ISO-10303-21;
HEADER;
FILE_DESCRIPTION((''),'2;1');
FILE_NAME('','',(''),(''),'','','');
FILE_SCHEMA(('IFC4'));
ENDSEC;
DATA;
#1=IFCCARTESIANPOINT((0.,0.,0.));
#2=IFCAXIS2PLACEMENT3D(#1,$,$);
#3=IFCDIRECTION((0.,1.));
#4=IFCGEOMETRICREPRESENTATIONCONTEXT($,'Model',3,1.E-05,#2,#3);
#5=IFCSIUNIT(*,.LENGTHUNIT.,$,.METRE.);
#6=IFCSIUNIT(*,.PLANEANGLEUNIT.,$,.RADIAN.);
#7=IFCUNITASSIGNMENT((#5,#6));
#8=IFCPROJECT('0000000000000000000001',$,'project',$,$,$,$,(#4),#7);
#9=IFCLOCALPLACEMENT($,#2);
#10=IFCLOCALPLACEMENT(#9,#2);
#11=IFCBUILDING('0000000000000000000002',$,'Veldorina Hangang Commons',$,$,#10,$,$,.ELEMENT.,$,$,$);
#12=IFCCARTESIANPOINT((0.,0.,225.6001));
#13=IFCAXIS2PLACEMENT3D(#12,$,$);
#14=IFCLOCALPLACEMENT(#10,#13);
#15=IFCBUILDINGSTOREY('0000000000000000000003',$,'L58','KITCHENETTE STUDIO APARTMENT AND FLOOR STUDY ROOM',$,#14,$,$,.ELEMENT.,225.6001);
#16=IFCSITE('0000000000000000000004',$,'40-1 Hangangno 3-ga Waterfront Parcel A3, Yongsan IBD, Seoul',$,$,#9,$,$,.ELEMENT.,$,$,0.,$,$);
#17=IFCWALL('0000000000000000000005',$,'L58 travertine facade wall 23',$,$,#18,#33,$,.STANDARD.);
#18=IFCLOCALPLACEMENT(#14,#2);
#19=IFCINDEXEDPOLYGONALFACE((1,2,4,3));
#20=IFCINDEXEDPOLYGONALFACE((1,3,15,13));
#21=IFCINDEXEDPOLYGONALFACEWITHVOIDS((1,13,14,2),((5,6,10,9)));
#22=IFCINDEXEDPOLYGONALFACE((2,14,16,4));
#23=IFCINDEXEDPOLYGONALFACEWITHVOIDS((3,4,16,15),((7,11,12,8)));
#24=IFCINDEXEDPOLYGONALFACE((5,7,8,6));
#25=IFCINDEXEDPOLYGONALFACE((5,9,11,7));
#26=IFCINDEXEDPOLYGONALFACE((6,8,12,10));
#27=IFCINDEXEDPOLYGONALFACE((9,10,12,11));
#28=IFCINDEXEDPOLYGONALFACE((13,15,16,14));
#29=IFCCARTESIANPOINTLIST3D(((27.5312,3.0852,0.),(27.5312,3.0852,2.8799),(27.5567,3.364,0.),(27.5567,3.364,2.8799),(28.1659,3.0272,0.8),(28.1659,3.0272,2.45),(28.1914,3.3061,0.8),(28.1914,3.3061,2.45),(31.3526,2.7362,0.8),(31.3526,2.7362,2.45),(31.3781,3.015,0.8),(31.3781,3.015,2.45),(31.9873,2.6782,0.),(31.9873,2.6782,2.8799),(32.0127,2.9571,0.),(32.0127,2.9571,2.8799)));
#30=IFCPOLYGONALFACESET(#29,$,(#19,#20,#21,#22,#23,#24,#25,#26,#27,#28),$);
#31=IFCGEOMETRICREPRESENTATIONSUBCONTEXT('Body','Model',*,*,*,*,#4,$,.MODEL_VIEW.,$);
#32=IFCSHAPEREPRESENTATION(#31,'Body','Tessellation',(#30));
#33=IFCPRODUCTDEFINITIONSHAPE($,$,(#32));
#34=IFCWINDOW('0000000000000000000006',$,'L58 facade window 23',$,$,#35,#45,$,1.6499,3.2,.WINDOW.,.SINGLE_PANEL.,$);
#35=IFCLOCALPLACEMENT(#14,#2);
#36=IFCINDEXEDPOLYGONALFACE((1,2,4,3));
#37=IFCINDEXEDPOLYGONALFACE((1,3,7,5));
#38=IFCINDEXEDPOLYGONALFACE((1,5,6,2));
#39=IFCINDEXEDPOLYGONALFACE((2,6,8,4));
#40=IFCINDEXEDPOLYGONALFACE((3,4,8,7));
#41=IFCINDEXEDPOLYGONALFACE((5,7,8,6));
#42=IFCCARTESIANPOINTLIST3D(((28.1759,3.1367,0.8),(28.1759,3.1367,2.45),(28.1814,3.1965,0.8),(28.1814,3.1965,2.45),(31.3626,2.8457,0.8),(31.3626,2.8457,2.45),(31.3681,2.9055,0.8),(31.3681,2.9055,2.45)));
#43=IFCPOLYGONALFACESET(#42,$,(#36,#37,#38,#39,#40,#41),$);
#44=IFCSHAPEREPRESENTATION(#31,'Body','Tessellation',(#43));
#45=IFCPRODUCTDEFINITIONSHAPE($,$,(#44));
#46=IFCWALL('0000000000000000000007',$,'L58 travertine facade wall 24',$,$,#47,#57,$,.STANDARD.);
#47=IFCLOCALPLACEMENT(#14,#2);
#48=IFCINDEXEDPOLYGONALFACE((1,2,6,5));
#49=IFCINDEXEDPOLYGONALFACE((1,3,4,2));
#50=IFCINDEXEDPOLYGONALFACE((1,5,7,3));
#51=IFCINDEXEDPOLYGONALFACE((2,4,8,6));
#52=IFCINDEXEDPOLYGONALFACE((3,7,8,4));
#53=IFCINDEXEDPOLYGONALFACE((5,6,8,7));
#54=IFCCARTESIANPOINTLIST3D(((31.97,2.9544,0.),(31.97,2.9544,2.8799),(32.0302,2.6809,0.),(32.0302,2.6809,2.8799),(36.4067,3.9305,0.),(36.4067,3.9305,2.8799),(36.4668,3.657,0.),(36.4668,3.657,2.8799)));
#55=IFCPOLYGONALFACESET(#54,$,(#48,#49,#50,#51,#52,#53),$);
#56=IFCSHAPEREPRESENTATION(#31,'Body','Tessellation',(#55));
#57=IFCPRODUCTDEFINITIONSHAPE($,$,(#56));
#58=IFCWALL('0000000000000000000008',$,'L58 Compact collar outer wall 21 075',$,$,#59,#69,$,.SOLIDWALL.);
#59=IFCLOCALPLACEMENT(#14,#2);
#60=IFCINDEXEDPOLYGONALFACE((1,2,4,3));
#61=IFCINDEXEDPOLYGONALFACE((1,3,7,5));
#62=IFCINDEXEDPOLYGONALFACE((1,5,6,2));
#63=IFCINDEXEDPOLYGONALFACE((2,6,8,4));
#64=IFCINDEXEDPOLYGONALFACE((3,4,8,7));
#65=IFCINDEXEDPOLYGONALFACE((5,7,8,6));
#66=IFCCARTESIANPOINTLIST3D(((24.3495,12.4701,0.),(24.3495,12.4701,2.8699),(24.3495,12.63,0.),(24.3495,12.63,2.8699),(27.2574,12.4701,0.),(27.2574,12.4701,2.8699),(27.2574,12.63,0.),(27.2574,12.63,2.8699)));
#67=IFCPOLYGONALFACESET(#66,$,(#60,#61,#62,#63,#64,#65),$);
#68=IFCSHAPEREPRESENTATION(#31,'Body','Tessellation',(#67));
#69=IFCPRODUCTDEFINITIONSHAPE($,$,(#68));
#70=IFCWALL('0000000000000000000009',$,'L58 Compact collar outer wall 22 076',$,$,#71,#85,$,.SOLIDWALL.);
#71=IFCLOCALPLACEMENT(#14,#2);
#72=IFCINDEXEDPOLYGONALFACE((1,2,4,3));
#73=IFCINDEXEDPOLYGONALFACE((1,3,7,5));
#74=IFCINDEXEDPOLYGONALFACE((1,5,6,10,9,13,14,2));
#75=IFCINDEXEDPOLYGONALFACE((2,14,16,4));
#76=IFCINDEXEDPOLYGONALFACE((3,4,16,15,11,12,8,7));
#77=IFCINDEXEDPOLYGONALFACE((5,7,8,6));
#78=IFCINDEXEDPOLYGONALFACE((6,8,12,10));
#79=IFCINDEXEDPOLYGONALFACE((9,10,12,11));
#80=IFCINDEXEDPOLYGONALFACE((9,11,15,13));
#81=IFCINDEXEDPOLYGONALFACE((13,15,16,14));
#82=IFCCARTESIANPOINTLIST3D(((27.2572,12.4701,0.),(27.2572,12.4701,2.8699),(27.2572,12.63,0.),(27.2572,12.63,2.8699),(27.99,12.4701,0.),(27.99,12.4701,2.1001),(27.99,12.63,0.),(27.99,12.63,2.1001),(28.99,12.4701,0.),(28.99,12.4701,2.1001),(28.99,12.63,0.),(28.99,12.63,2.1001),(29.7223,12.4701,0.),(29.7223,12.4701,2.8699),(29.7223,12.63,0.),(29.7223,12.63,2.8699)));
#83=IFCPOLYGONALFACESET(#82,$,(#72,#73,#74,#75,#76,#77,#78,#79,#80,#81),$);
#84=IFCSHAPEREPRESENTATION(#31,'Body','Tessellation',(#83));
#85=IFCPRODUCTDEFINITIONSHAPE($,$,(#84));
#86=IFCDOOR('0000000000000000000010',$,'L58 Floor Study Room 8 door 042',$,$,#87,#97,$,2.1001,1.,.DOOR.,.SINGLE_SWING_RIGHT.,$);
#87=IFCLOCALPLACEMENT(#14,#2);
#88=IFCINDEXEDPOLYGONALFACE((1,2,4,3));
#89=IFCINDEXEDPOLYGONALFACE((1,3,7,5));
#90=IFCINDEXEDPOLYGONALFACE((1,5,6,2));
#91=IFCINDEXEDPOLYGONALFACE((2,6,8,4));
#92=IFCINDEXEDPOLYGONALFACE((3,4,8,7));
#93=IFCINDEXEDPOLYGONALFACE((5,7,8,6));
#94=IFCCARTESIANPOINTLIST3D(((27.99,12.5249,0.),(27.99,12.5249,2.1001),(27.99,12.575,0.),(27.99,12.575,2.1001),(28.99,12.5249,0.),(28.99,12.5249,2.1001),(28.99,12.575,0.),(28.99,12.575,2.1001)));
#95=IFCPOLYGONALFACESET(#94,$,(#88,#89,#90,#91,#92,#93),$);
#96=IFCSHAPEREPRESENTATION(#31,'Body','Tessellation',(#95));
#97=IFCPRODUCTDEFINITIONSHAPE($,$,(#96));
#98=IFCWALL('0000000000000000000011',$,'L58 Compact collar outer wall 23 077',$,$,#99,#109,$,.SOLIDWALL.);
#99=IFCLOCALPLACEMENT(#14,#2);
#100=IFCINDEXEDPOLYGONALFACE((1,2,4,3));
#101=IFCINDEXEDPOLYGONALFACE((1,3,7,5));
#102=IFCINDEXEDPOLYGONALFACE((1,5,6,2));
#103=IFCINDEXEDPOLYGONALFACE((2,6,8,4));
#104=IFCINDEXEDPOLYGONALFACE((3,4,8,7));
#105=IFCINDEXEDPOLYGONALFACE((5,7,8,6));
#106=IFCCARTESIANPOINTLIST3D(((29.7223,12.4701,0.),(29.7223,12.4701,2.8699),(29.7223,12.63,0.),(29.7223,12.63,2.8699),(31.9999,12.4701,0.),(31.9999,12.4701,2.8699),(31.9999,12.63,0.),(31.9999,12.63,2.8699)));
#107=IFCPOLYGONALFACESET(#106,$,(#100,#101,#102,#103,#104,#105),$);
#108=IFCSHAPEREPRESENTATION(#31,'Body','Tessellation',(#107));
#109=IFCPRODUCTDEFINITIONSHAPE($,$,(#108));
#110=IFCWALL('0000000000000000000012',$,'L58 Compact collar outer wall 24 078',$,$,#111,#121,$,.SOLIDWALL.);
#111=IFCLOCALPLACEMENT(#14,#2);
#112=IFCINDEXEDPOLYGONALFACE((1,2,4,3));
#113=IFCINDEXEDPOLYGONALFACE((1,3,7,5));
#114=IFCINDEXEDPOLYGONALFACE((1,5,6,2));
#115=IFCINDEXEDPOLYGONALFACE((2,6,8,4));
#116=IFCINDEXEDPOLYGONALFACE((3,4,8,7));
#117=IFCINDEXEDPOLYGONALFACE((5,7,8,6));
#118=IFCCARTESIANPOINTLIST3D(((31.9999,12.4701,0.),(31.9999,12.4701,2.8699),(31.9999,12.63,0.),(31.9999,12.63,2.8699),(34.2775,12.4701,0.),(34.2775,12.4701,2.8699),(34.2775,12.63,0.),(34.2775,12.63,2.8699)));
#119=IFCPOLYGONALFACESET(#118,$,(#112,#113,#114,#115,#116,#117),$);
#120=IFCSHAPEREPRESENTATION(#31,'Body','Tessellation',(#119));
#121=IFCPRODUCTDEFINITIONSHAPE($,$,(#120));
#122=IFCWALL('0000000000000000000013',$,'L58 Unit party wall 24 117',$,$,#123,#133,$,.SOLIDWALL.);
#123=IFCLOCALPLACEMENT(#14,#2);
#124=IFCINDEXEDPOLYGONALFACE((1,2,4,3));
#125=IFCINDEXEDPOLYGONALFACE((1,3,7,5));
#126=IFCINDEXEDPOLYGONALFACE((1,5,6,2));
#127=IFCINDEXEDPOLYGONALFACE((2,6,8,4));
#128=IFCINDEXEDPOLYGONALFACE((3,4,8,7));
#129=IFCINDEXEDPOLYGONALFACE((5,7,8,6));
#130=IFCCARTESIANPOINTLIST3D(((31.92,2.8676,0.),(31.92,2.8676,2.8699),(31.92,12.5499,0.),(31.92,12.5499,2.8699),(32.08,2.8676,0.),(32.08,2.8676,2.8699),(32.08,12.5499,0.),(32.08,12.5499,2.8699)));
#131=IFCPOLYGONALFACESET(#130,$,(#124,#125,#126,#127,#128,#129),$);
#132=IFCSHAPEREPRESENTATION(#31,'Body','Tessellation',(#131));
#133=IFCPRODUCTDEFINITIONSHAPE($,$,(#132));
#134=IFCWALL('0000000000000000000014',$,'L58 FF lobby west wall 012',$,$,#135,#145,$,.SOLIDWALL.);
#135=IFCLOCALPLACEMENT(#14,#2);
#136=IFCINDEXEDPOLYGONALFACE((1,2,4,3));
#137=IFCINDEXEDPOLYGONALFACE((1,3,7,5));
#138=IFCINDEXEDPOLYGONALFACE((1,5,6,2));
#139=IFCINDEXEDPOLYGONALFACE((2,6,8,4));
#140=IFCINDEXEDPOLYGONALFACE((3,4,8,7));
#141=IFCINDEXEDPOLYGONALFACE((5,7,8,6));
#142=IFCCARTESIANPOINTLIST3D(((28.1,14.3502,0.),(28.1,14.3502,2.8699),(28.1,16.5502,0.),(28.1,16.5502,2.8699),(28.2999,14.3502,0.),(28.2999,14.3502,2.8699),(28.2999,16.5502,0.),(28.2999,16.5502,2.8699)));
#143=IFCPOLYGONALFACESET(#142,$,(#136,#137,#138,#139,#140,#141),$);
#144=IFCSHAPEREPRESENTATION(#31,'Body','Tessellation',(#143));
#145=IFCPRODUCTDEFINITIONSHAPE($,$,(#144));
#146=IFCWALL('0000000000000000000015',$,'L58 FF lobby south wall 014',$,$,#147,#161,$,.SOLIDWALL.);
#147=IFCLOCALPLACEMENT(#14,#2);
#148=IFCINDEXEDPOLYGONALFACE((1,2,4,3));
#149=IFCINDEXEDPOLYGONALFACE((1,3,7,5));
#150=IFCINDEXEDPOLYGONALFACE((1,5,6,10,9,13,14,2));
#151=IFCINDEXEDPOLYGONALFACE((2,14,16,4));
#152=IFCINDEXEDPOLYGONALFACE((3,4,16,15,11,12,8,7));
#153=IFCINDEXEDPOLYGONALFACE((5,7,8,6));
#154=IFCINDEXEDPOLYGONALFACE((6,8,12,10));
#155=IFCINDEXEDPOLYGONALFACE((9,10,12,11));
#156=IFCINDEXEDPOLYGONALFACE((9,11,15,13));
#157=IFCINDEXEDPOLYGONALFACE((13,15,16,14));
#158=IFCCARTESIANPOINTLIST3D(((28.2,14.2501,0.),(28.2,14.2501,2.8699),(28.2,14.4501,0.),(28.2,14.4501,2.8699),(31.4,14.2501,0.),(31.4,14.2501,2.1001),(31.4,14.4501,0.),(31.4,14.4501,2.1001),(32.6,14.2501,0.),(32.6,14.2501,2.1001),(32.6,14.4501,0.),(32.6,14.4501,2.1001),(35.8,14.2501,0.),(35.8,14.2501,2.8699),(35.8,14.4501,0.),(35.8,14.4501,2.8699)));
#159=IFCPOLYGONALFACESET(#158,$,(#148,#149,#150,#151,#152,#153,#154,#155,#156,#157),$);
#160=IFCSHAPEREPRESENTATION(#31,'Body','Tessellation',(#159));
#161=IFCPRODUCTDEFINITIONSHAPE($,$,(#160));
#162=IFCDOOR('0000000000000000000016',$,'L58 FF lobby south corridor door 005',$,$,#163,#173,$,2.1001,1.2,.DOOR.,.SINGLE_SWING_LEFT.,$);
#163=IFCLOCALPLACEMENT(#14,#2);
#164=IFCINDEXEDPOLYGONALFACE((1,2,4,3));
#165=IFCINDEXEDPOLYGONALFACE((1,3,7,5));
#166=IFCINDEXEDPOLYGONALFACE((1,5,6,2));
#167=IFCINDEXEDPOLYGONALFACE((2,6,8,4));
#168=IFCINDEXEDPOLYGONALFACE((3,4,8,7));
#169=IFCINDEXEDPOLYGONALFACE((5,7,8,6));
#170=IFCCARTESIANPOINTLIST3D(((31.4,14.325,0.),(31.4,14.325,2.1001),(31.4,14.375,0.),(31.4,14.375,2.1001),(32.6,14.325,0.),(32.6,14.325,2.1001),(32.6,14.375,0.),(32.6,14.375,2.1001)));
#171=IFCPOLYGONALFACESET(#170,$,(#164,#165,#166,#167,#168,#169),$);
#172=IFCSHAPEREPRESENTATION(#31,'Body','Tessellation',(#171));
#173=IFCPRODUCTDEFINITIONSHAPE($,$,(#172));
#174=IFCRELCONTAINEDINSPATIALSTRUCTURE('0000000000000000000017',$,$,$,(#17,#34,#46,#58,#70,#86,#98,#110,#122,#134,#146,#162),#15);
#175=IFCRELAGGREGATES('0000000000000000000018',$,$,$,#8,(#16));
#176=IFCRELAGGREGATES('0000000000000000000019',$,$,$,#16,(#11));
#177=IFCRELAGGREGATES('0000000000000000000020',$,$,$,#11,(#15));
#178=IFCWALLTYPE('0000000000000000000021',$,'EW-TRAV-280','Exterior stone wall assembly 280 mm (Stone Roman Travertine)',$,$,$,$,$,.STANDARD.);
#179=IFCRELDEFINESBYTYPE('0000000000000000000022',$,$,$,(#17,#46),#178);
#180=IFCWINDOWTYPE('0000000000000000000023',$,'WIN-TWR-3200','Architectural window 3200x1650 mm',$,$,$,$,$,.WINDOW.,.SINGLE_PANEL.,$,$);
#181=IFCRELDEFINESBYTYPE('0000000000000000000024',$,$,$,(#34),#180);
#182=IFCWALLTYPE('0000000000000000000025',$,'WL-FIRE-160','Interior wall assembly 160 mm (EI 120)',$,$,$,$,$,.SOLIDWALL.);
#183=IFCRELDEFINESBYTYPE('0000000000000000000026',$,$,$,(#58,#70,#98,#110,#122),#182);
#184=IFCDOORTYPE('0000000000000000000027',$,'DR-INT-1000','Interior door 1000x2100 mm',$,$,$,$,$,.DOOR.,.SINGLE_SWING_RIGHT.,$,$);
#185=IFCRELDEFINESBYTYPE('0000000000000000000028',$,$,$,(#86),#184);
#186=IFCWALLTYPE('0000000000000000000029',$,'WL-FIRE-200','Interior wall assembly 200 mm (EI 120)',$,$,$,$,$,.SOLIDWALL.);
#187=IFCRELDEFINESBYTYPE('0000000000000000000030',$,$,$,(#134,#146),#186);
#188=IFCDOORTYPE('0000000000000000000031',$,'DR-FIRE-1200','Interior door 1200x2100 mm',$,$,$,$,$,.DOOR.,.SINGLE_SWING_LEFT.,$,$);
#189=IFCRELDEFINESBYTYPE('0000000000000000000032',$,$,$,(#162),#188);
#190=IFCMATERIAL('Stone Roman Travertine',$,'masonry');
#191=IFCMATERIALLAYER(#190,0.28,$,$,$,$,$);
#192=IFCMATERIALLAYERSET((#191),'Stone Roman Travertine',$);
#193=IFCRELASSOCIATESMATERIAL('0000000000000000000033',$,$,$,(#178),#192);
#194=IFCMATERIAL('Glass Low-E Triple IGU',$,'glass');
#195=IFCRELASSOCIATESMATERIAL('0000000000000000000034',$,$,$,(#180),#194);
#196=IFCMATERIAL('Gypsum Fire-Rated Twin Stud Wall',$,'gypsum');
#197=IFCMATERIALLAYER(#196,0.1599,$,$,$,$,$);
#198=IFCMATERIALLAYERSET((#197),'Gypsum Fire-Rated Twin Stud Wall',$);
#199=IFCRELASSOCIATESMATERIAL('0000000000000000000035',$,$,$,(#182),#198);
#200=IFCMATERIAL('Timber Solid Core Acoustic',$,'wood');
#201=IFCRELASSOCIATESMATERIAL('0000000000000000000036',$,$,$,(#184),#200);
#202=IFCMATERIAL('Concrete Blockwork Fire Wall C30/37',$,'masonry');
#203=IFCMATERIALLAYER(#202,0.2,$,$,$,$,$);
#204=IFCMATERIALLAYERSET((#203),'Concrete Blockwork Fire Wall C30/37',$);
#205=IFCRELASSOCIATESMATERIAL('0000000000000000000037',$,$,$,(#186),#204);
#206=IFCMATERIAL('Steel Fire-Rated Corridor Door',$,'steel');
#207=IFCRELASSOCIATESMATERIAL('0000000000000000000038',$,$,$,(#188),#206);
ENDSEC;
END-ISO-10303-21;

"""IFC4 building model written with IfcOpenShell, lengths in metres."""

from ifc_helpers import new_model, si_unit, direction, frame, frame_2d, origin, place, context, subcontext, project, spatial, rectangle, extrude, material, layer, layer_set, type_object, element, fill, save


model = new_model("IFC4")

# Units and contexts
model_context = context("Model", 3, precision=1e-05, world=origin(), true_north=direction((0.0, 1.0)))
body_context = subcontext(model_context, "Body", "Model", "MODEL_VIEW")
ifc_project = project(units=[si_unit("LENGTHUNIT", "METRE"), si_unit("PLANEANGLEUNIT", "RADIAN")], contexts=[model_context])

# Site, building, storey
site_placement = place(None, origin())
site = spatial("IfcSite", under=ifc_project, at=site_placement, Name="40-1 Hangangno 3-ga Waterfront Parcel A3, Yongsan IBD, Seoul", CompositionType="ELEMENT", RefElevation=0.0)
building_placement = place(site_placement, origin())
building = spatial("IfcBuilding", under=site, at=building_placement, Name="Veldorina Hangang Commons", CompositionType="ELEMENT")
storey_placement = place(building_placement, frame((0.0, 0.0, 225.6001)))
storey = spatial("IfcBuildingStorey", under=building, at=storey_placement, Name="L58", Description="KITCHENETTE STUDIO APARTMENT AND FLOOR STUDY ROOM", CompositionType="ELEMENT", Elevation=225.6001)

# Shared definitions
ifc_material_1 = material(Name="Stone Roman Travertine", Category="masonry")
ifc_layer_1 = layer(ifc_material_1, 0.28)
ifc_layer_set_1 = layer_set([ifc_layer_1], Name="Stone Roman Travertine")
wall_type_1 = type_object("IfcWallType", Name="EW-TRAV-280", Description="Exterior stone wall assembly 280 mm (Stone Roman Travertine)", PredefinedType="STANDARD", material=ifc_layer_set_1)

# Wall, opening, window
wall_1_placement = place(storey_placement, frame((27.5439, 3.2246, 0.0), z_axis=(0.0, 0.0, 1.0), x_axis=(0.995855, -0.090954, 0.0)))
wall_1 = element("IfcWall", 1, at=wall_1_placement, inside=storey, type_object=wall_type_1, Name="L58 travertine facade wall 23", PredefinedType="STANDARD", context=body_context, shape_type="SweptSolid", body=[
    extrude(rectangle(XDim=4.4746, YDim=0.28, at=frame_2d((2.2373, 0.0))), origin(), (0.0, 0.0, 1.0), 2.8799),
])
opening_1_placement = place(wall_1_placement, frame((0.6372, 0.0, 0.8)))
opening_1 = element("IfcOpeningElement", 2, at=opening_1_placement, cuts=wall_1, PredefinedType="OPENING", context=body_context, shape_type="SweptSolid", body=[
    extrude(rectangle(XDim=3.2, YDim=1.6499, at=frame_2d((1.6001, 0.825))), frame((0.0, 0.1499, 0.0), z_axis=(0.0, -1.0, 0.0), x_axis=(1.0, 0.0, 0.0)), (0.0, 0.0, 1.0), 0.3),
])
ifc_material_2 = material(Name="Glass Low-E Triple IGU", Category="glass")
window_type = type_object("IfcWindowType", Name="WIN-TWR-3200", Description="Architectural window 3200x1650 mm", PartitioningType="SINGLE_PANEL", PredefinedType="WINDOW", material=ifc_material_2)
window_placement = place(opening_1_placement, origin())
window = element("IfcWindow", 3, at=window_placement, inside=storey, type_object=window_type, Name="L58 facade window 23", OverallHeight=1.6499, OverallWidth=3.2, PartitioningType="SINGLE_PANEL", PredefinedType="WINDOW", context=body_context, shape_type="SweptSolid", body=[
    extrude(rectangle(XDim=3.2, YDim=1.6499, at=frame_2d((1.6001, 0.825))), frame((0.0, 0.03, 0.0), z_axis=(0.0, -1.0, 0.0), x_axis=(1.0, 0.0, 0.0)), (0.0, 0.0, 1.0), 0.0601),
])
fill(opening_1, window)

# Walls
wall_2_placement = place(storey_placement, frame((32.0, 2.8176, 0.0), z_axis=(0.0, 0.0, 1.0), x_axis=(0.976643, 0.21487, 0.0)))
element("IfcWall", 4, at=wall_2_placement, inside=storey, type_object=wall_type_1, Name="L58 travertine facade wall 24", PredefinedType="STANDARD", context=body_context, shape_type="SweptSolid", body=[
    extrude(rectangle(XDim=4.5427, YDim=0.28, at=frame_2d((2.2715, 0.0))), origin(), (0.0, 0.0, 1.0), 2.8799),
])
ifc_material_3 = material(Name="Gypsum Fire-Rated Twin Stud Wall", Category="gypsum")
ifc_layer_2 = layer(ifc_material_3, 0.1599)
ifc_layer_set_2 = layer_set([ifc_layer_2], Name="Gypsum Fire-Rated Twin Stud Wall")
wall_type_2 = type_object("IfcWallType", Name="WL-FIRE-160", Description="Interior wall assembly 160 mm (EI 120)", PredefinedType="SOLIDWALL", material=ifc_layer_set_2)
wall_3_placement = place(storey_placement, frame((24.3494, 12.55, 0.0), z_axis=(0.0, 0.0, 1.0), x_axis=(1.0, 0.0, 0.0)))
element("IfcWall", 5, at=wall_3_placement, inside=storey, type_object=wall_type_2, Name="L58 Compact collar outer wall 21 075", PredefinedType="SOLIDWALL", context=body_context, shape_type="SweptSolid", body=[
    extrude(rectangle(XDim=2.908, YDim=0.1599, at=frame_2d((1.4541, 0.0))), origin(), (0.0, 0.0, 1.0), 2.8699),
])

# Wall, opening, door
wall_4_placement = place(storey_placement, frame((27.2573, 12.55, 0.0), z_axis=(0.0, 0.0, 1.0), x_axis=(1.0, 0.0, 0.0)))
wall_4 = element("IfcWall", 6, at=wall_4_placement, inside=storey, type_object=wall_type_2, Name="L58 Compact collar outer wall 22 076", PredefinedType="SOLIDWALL", context=body_context, shape_type="SweptSolid", body=[
    extrude(rectangle(XDim=2.4651, YDim=0.1599, at=frame_2d((1.2324, 0.0))), origin(), (0.0, 0.0, 1.0), 2.8699),
])
opening_2_placement = place(wall_4_placement, frame((0.7327, 0.0, 0.0)))
opening_2 = element("IfcOpeningElement", 7, at=opening_2_placement, cuts=wall_4, PredefinedType="OPENING", context=body_context, shape_type="SweptSolid", body=[
    extrude(rectangle(XDim=1.0, YDim=2.1001, at=frame_2d((0.5, 1.05))), frame((0.0, 0.0898, 0.0), z_axis=(0.0, -1.0, 0.0), x_axis=(1.0, 0.0, 0.0)), (0.0, 0.0, 1.0), 0.1799),
])
ifc_material_4 = material(Name="Timber Solid Core Acoustic", Category="wood")
door_type_1 = type_object("IfcDoorType", Name="DR-INT-1000", Description="Interior door 1000x2100 mm", OperationType="SINGLE_SWING_RIGHT", PredefinedType="DOOR", material=ifc_material_4)
door_1_placement = place(opening_2_placement, origin())
door_1 = element("IfcDoor", 8, at=door_1_placement, inside=storey, type_object=door_type_1, Name="L58 Floor Study Room 8 door 042", OperationType="SINGLE_SWING_RIGHT", OverallHeight=2.1001, OverallWidth=1.0, PredefinedType="DOOR", context=body_context, shape_type="SweptSolid", body=[
    extrude(rectangle(XDim=1.0, YDim=2.1001, at=frame_2d((0.5, 1.05))), frame((0.0, 0.0249, 0.0), z_axis=(0.0, -1.0, 0.0), x_axis=(1.0, 0.0, 0.0)), (0.0, 0.0, 1.0), 0.05),
])
fill(opening_2, door_1)

# Walls
for number, where, z_axis, x_axis, name in (
    (9, (29.7224, 12.55, 0.0), (0.0, 0.0, 1.0), (1.0, 0.0, 0.0), "L58 Compact collar outer wall 23 077"),
    (10, (32.0, 12.55, 0.0), (0.0, 0.0, 1.0), (1.0, 0.0, 0.0), "L58 Compact collar outer wall 24 078"),
):
    element("IfcWall", number, at=place(storey_placement, frame(where, z_axis=z_axis, x_axis=x_axis)), inside=storey, type_object=wall_type_2, Name=name, PredefinedType="SOLIDWALL", context=body_context, shape_type="SweptSolid", body=[
        extrude(rectangle(XDim=2.2776, YDim=0.1599, at=frame_2d((1.1387, 0.0))), origin(), (0.0, 0.0, 1.0), 2.8699),
    ])
wall_5_placement = place(storey_placement, frame((32.0, 12.55, 0.0), z_axis=(0.0, 0.0, 1.0), x_axis=(0.0, -1.0, 0.0)))
element("IfcWall", 11, at=wall_5_placement, inside=storey, type_object=wall_type_2, Name="L58 Unit party wall 24 117", PredefinedType="SOLIDWALL", context=body_context, shape_type="SweptSolid", body=[
    extrude(rectangle(XDim=9.6824, YDim=0.1599, at=frame_2d((4.8413, 0.0))), origin(), (0.0, 0.0, 1.0), 2.8699),
])
ifc_material_5 = material(Name="Concrete Blockwork Fire Wall C30/37", Category="masonry")
ifc_layer_3 = layer(ifc_material_5, 0.2)
ifc_layer_set_3 = layer_set([ifc_layer_3], Name="Concrete Blockwork Fire Wall C30/37")
wall_type_3 = type_object("IfcWallType", Name="WL-FIRE-200", Description="Interior wall assembly 200 mm (EI 120)", PredefinedType="SOLIDWALL", material=ifc_layer_set_3)
wall_6_placement = place(storey_placement, frame((28.2, 14.3501, 0.0), z_axis=(0.0, 0.0, 1.0), x_axis=(0.0, 1.0, 0.0)))
element("IfcWall", 12, at=wall_6_placement, inside=storey, type_object=wall_type_3, Name="L58 FF lobby west wall 012", PredefinedType="SOLIDWALL", context=body_context, shape_type="SweptSolid", body=[
    extrude(rectangle(XDim=2.2, YDim=0.2, at=frame_2d((1.1001, 0.0))), origin(), (0.0, 0.0, 1.0), 2.8699),
])

# Wall, opening, door
wall_7_placement = place(storey_placement, frame((28.2, 14.3501, 0.0), z_axis=(0.0, 0.0, 1.0), x_axis=(1.0, 0.0, 0.0)))
wall_7 = element("IfcWall", 13, at=wall_7_placement, inside=storey, type_object=wall_type_3, Name="L58 FF lobby south wall 014", PredefinedType="SOLIDWALL", context=body_context, shape_type="SweptSolid", body=[
    extrude(rectangle(XDim=7.6001, YDim=0.2, at=frame_2d((3.8, 0.0))), origin(), (0.0, 0.0, 1.0), 2.8699),
])
opening_3_placement = place(wall_7_placement, frame((3.2, 0.0, 0.0)))
opening_3 = element("IfcOpeningElement", 14, at=opening_3_placement, cuts=wall_7, PredefinedType="OPENING", context=body_context, shape_type="SweptSolid", body=[
    extrude(rectangle(XDim=1.2, YDim=2.1001, at=frame_2d((0.6001, 1.05))), frame((0.0, 0.1099, 0.0), z_axis=(0.0, -1.0, 0.0), x_axis=(1.0, 0.0, 0.0)), (0.0, 0.0, 1.0), 0.22),
])
ifc_material_6 = material(Name="Steel Fire-Rated Corridor Door", Category="steel")
door_type_2 = type_object("IfcDoorType", Name="DR-FIRE-1200", Description="Interior door 1200x2100 mm", OperationType="SINGLE_SWING_LEFT", PredefinedType="DOOR", material=ifc_material_6)
door_2_placement = place(opening_3_placement, origin())
door_2 = element("IfcDoor", 15, at=door_2_placement, inside=storey, type_object=door_type_2, Name="L58 FF lobby south corridor door 005", OperationType="SINGLE_SWING_LEFT", OverallHeight=2.1001, OverallWidth=1.2, PredefinedType="DOOR", context=body_context, shape_type="SweptSolid", body=[
    extrude(rectangle(XDim=1.2, YDim=2.1001, at=frame_2d((0.6001, 1.05))), frame((0.0, 0.0249, 0.0), z_axis=(0.0, -1.0, 0.0), x_axis=(1.0, 0.0, 0.0)), (0.0, 0.0, 1.0), 0.05),
])
fill(opening_3, door_2)

save(model, "model.ifc")
